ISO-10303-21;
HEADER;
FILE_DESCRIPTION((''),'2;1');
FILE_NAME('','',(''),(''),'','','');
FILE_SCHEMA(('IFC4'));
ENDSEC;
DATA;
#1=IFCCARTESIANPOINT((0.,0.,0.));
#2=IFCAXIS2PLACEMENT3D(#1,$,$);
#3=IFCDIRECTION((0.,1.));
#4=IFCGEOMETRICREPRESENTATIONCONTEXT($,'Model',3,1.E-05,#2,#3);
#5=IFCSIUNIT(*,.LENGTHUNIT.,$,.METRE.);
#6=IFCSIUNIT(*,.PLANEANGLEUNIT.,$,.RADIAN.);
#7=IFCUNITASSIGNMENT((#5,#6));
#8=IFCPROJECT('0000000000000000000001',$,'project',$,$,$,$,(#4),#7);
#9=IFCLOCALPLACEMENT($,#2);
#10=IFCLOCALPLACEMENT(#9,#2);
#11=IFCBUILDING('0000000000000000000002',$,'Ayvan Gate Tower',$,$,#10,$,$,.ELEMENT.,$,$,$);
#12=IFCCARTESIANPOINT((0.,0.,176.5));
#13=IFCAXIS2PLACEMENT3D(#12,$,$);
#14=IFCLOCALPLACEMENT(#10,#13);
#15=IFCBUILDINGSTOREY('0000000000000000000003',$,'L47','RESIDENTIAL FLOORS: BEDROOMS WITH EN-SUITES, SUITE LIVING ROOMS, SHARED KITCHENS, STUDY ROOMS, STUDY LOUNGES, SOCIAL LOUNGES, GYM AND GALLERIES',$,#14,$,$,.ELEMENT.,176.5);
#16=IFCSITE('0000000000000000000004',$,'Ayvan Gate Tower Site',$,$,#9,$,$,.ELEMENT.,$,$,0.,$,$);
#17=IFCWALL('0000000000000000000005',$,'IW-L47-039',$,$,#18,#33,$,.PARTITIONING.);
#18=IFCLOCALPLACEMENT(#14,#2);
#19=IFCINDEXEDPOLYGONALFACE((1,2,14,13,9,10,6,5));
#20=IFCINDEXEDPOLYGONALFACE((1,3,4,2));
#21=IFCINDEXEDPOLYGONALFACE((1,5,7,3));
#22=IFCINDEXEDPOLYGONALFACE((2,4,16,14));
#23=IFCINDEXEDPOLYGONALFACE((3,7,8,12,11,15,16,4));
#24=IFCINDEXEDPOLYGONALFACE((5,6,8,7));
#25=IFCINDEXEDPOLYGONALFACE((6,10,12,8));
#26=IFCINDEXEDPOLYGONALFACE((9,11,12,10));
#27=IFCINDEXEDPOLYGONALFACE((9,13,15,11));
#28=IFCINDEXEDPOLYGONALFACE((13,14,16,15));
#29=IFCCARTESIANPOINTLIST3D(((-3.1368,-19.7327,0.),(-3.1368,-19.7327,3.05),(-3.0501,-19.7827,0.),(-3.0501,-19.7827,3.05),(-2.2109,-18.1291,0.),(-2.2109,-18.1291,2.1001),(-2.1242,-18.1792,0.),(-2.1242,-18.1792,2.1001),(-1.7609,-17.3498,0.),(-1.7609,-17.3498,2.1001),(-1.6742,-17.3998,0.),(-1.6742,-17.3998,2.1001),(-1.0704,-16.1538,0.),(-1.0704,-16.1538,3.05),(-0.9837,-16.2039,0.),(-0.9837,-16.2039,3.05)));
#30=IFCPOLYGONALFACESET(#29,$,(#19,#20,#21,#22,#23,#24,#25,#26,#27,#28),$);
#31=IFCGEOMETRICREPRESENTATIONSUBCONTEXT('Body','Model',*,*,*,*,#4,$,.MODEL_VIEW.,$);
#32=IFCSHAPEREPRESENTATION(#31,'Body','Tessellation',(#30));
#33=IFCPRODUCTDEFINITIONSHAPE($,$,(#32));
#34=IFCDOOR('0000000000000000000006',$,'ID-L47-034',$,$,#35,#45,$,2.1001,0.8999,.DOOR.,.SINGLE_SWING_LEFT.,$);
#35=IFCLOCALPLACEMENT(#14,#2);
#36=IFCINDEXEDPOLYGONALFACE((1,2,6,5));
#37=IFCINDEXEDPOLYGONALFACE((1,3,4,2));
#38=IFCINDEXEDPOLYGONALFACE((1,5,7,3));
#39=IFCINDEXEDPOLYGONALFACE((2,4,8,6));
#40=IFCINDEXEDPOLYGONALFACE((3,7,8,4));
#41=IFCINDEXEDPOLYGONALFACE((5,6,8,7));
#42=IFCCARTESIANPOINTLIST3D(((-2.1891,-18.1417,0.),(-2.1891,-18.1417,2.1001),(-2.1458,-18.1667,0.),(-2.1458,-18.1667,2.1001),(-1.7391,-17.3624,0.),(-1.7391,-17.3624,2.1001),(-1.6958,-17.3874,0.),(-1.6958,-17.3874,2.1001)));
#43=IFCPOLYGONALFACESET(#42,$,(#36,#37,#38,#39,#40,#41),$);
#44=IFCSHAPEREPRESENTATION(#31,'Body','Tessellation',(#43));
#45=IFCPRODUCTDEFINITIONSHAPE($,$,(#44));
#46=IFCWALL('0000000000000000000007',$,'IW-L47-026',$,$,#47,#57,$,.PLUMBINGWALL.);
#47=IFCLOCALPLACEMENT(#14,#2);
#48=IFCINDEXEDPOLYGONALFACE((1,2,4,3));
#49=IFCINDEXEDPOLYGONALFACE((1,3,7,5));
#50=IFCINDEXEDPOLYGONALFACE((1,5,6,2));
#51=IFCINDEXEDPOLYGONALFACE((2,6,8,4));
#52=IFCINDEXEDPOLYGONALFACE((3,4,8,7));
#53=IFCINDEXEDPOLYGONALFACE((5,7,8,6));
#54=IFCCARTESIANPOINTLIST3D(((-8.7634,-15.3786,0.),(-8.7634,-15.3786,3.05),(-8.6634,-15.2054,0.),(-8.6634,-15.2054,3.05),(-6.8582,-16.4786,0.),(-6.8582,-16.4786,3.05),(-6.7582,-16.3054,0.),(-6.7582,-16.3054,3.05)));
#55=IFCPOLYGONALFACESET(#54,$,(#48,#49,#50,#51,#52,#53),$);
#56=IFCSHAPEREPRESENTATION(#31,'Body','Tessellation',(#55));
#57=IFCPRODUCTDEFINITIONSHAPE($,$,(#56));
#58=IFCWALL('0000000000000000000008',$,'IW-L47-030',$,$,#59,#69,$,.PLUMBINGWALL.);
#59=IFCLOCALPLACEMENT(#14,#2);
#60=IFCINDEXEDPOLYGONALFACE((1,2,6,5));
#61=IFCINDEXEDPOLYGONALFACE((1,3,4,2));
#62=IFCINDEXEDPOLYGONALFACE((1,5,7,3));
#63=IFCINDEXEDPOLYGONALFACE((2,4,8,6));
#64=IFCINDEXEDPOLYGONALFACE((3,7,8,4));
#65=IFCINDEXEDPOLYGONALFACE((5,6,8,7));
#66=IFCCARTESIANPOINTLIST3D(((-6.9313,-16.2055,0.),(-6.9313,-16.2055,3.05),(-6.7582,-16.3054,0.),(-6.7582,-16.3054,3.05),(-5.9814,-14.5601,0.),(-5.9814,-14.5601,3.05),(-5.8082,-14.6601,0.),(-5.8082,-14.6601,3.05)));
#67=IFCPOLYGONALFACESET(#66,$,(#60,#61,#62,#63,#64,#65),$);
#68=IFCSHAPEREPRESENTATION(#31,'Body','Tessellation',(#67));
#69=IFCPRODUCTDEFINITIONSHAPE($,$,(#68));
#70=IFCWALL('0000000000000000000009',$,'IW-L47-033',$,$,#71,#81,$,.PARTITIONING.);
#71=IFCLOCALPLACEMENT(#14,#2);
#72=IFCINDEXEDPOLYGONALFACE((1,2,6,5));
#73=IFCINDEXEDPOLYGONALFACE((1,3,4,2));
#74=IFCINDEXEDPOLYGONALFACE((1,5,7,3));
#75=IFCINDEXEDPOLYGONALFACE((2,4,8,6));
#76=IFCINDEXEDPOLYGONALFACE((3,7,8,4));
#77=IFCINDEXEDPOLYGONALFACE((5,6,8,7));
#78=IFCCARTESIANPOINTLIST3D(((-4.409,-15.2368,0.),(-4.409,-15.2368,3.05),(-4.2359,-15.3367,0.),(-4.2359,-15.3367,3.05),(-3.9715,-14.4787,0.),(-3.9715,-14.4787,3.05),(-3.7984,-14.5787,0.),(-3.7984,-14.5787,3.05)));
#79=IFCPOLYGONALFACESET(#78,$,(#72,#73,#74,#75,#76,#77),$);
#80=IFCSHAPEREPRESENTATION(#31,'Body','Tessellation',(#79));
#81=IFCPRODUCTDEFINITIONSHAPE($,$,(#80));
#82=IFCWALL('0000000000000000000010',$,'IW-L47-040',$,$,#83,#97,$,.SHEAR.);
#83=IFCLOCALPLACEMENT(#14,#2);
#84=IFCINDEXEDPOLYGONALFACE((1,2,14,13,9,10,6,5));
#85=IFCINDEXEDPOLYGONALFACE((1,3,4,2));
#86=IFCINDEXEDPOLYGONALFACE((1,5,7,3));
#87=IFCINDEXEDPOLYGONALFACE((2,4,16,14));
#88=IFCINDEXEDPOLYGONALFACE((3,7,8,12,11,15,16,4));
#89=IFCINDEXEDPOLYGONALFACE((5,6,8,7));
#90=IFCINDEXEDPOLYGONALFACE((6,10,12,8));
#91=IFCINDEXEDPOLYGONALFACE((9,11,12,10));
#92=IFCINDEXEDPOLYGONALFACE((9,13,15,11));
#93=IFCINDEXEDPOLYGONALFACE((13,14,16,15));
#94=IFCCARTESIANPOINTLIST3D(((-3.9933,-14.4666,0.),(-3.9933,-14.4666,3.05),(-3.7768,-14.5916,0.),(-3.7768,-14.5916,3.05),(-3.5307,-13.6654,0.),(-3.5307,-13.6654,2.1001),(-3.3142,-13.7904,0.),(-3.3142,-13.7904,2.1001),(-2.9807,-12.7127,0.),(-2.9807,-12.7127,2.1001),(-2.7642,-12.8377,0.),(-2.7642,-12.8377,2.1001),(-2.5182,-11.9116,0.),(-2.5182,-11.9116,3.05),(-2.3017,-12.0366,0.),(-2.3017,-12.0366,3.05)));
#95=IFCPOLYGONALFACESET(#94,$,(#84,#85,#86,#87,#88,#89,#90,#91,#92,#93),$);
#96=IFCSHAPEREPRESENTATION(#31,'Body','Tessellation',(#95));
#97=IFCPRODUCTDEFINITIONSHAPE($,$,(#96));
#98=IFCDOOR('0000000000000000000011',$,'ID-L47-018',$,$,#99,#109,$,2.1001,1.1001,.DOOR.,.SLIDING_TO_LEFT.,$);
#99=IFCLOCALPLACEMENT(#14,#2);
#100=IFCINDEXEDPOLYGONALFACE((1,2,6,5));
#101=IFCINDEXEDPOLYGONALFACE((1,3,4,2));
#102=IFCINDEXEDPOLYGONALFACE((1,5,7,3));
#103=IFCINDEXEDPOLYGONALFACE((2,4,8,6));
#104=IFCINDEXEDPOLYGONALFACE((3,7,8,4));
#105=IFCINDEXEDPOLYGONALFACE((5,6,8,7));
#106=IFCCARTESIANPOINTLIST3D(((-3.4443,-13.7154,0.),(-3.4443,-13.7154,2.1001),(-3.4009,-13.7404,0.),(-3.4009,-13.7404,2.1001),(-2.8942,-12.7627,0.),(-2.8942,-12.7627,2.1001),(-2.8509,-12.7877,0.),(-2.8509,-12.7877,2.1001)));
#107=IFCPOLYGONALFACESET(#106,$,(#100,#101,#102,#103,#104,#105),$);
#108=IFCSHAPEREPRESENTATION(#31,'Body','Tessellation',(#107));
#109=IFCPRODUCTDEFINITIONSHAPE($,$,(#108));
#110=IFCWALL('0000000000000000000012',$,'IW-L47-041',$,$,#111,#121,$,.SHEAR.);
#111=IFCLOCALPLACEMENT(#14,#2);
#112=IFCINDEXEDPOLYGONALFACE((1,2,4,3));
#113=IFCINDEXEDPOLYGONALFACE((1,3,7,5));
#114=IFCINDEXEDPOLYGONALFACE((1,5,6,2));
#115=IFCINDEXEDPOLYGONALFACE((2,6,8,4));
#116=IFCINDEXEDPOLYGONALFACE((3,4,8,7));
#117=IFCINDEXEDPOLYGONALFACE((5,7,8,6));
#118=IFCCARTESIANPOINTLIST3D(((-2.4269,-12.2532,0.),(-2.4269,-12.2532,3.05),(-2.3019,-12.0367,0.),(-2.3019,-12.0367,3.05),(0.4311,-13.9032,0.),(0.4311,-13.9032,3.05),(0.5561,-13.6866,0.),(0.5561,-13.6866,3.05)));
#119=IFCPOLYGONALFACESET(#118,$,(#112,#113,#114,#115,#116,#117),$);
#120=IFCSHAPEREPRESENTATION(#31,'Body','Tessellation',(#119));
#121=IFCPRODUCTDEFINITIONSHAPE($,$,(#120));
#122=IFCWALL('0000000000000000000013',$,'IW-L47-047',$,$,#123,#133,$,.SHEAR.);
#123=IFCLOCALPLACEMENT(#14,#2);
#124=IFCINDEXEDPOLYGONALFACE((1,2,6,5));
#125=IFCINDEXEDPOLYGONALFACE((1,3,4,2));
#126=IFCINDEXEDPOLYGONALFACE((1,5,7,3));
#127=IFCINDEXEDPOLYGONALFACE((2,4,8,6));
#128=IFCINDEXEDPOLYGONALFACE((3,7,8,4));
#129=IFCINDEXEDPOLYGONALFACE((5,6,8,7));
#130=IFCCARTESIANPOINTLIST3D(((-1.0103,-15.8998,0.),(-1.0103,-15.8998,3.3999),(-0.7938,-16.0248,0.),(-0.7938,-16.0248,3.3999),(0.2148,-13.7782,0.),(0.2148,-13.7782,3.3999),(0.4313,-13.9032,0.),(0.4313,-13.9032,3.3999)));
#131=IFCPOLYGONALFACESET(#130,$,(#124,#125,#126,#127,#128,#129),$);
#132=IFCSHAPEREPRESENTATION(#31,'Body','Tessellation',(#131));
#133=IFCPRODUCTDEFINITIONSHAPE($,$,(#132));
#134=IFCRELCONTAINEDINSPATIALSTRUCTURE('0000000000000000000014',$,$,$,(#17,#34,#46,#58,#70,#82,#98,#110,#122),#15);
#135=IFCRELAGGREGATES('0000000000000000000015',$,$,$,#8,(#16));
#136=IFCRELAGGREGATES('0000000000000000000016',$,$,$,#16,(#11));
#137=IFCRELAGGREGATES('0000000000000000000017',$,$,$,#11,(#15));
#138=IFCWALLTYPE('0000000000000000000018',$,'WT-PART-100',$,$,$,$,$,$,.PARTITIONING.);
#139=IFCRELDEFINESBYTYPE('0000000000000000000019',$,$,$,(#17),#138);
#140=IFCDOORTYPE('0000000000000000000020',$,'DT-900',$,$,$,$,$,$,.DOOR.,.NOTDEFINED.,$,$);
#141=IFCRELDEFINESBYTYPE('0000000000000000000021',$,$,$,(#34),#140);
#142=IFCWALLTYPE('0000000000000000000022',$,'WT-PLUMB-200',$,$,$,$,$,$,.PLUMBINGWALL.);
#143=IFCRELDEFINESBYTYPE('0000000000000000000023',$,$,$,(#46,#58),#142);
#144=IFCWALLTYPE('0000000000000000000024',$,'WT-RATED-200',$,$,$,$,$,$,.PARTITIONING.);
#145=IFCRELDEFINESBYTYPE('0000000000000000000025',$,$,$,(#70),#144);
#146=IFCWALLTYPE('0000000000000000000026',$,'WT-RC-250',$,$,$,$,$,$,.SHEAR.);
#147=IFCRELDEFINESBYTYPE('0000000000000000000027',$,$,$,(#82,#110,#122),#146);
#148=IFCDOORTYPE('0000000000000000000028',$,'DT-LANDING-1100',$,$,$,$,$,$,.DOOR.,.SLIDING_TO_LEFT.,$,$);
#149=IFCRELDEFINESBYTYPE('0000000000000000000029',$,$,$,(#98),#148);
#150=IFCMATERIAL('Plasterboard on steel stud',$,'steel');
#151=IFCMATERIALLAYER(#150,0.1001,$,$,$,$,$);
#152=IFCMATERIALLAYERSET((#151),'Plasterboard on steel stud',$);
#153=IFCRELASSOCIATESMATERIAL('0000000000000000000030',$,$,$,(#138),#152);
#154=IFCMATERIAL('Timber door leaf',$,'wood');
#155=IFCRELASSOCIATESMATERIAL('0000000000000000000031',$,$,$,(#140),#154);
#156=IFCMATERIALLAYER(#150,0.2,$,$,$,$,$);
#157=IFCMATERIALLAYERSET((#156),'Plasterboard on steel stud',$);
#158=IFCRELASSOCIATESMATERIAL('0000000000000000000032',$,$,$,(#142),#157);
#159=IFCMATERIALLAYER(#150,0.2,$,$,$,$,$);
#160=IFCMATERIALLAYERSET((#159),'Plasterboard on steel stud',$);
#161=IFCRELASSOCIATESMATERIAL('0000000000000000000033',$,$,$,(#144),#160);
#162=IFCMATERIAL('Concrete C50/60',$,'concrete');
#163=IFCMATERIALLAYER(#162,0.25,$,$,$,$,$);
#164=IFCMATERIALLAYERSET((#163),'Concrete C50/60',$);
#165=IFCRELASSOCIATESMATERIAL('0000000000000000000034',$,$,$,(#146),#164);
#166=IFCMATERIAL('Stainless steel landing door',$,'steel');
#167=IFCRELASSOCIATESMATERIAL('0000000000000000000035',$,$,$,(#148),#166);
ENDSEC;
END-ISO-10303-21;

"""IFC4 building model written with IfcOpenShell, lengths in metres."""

from ifc_helpers import new_model, si_unit, direction, frame, frame_2d, origin, place, context, subcontext, project, spatial, rectangle, extrude, material, layer, layer_set, type_object, element, fill, save


model = new_model("IFC4")

# Units and contexts
model_context = context("Model", 3, precision=1e-05, world=origin(), true_north=direction((0.0, 1.0)))
body_context = subcontext(model_context, "Body", "Model", "MODEL_VIEW")
ifc_project = project(units=[si_unit("LENGTHUNIT", "METRE"), si_unit("PLANEANGLEUNIT", "RADIAN")], contexts=[model_context])

# Site, building, storey
site_placement = place(None, origin())
site = spatial("IfcSite", under=ifc_project, at=site_placement, Name="Ayvan Gate Tower Site", CompositionType="ELEMENT", RefElevation=0.0)
building_placement = place(site_placement, origin())
building = spatial("IfcBuilding", under=site, at=building_placement, Name="Ayvan Gate Tower", CompositionType="ELEMENT")
storey_placement = place(building_placement, frame((0.0, 0.0, 176.5)))
storey = spatial("IfcBuildingStorey", under=building, at=storey_placement, Name="L47", Description="RESIDENTIAL FLOORS: BEDROOMS WITH EN-SUITES, SUITE LIVING ROOMS, SHARED KITCHENS, STUDY ROOMS, STUDY LOUNGES, SOCIAL LOUNGES, GYM AND GALLERIES", CompositionType="ELEMENT", Elevation=176.5)

# Wall, opening, door
ifc_material_1 = material(Name="Plasterboard on steel stud", Category="steel")
ifc_layer_1 = layer(ifc_material_1, 0.1001)
ifc_layer_set_1 = layer_set([ifc_layer_1], Name="Plasterboard on steel stud")
wall_type_1 = type_object("IfcWallType", Name="WT-PART-100", PredefinedType="PARTITIONING", material=ifc_layer_set_1)
wall_1_placement = place(storey_placement, frame((-3.0935, -19.7578, 0.0), z_axis=(0.0, 0.0, 1.0), x_axis=(0.500028, 0.866009, 0.0)))
wall_1 = element("IfcWall", 1, at=wall_1_placement, inside=storey, type_object=wall_type_1, Name="IW-L47-039", PredefinedType="PARTITIONING", context=body_context, shape_type="SweptSolid", body=[
    extrude(rectangle(XDim=4.1326, YDim=0.1001, at=frame_2d((2.0664, 0.0))), origin(), (0.0, 0.0, 1.0), 3.05),
])
opening_1_placement = place(wall_1_placement, frame((1.8518, 0.0, 0.0)))
opening_1 = element("IfcOpeningElement", 2, at=opening_1_placement, cuts=wall_1, PredefinedType="OPENING", context=body_context, shape_type="SweptSolid", body=[
    extrude(rectangle(XDim=0.8999, YDim=2.1001, at=frame_2d((0.45, 1.05))), frame((0.0, 0.0601, 0.0), z_axis=(0.0, -1.0, 0.0), x_axis=(1.0, 0.0, 0.0)), (0.0, 0.0, 1.0), 0.1201),
])
ifc_material_2 = material(Name="Timber door leaf", Category="wood")
door_type_1 = type_object("IfcDoorType", Name="DT-900", OperationType="NOTDEFINED", PredefinedType="DOOR", material=ifc_material_2)
door_1_placement = place(opening_1_placement, origin())
door_1 = element("IfcDoor", 3, at=door_1_placement, inside=storey, type_object=door_type_1, Name="ID-L47-034", OperationType="SINGLE_SWING_LEFT", OverallHeight=2.1001, OverallWidth=0.8999, PredefinedType="DOOR", context=body_context, shape_type="SweptSolid", body=[
    extrude(rectangle(XDim=0.8999, YDim=2.1001, at=frame_2d((0.45, 1.05))), frame((0.0, 0.0249, 0.0), z_axis=(0.0, -1.0, 0.0), x_axis=(1.0, 0.0, 0.0)), (0.0, 0.0, 1.0), 0.05),
])
fill(opening_1, door_1)

# Walls
ifc_layer_2 = layer(ifc_material_1, 0.2)
ifc_layer_set_2 = layer_set([ifc_layer_2], Name="Plasterboard on steel stud")
wall_type_2 = type_object("IfcWallType", Name="WT-PLUMB-200", PredefinedType="PLUMBINGWALL", material=ifc_layer_set_2)
wall_2_placement = place(storey_placement, frame((-6.8081, -16.3921, 0.0), z_axis=(0.0, 0.0, 1.0), x_axis=(-0.866008, 0.50003, 0.0)))
element("IfcWall", 4, at=wall_2_placement, inside=storey, type_object=wall_type_2, Name="IW-L47-026", PredefinedType="PLUMBINGWALL", context=body_context, shape_type="SweptSolid", body=[
    extrude(rectangle(XDim=2.2, YDim=0.2, at=frame_2d((1.1001, 0.0))), origin(), (0.0, 0.0, 1.0), 3.05),
])
wall_3_placement = place(storey_placement, frame((-5.8948, -14.6101, 0.0), z_axis=(0.0, 0.0, 1.0), x_axis=(-0.500023, -0.866012, 0.0)))
element("IfcWall", 5, at=wall_3_placement, inside=storey, type_object=wall_type_2, Name="IW-L47-030", PredefinedType="PLUMBINGWALL", context=body_context, shape_type="SweptSolid", body=[
    extrude(rectangle(XDim=1.8999, YDim=0.2, at=frame_2d((0.95, 0.0))), origin(), (0.0, 0.0, 1.0), 3.05),
])
ifc_layer_3 = layer(ifc_material_1, 0.2)
ifc_layer_set_3 = layer_set([ifc_layer_3], Name="Plasterboard on steel stud")
wall_type_3 = type_object("IfcWallType", Name="WT-RATED-200", PredefinedType="PARTITIONING", material=ifc_layer_set_3)
wall_4_placement = place(storey_placement, frame((-3.885, -14.5288, 0.0), z_axis=(0.0, 0.0, 1.0), x_axis=(-0.499859, -0.866107, 0.0)))
element("IfcWall", 6, at=wall_4_placement, inside=storey, type_object=wall_type_3, Name="IW-L47-033", PredefinedType="PARTITIONING", context=body_context, shape_type="SweptSolid", body=[
    extrude(rectangle(XDim=0.8752, YDim=0.2, at=frame_2d((0.4375, 0.0))), origin(), (0.0, 0.0, 1.0), 3.05),
])

# Wall, opening, door
ifc_material_3 = material(Name="Concrete C50/60", Category="concrete")
ifc_layer_4 = layer(ifc_material_3, 0.25)
ifc_layer_set_4 = layer_set([ifc_layer_4], Name="Concrete C50/60")
wall_type_4 = type_object("IfcWallType", Name="WT-RC-250", PredefinedType="SHEAR", material=ifc_layer_set_4)
wall_5_placement = place(storey_placement, frame((-2.4099, -11.9741, 0.0), z_axis=(0.0, 0.0, 1.0), x_axis=(-0.500002, -0.866024, 0.0)))
wall_5 = element("IfcWall", 7, at=wall_5_placement, inside=storey, type_object=wall_type_4, Name="IW-L47-040", PredefinedType="SHEAR", context=body_context, shape_type="SweptSolid", body=[
    extrude(rectangle(XDim=2.9502, YDim=0.25, at=frame_2d((1.4751, 0.0))), origin(), (0.0, 0.0, 1.0), 3.05),
])
opening_2_placement = place(wall_5_placement, frame((0.925, 0.0, 0.0)))
opening_2 = element("IfcOpeningElement", 8, at=opening_2_placement, cuts=wall_5, PredefinedType="OPENING", context=body_context, shape_type="SweptSolid", body=[
    extrude(rectangle(XDim=1.1001, YDim=2.1001, at=frame_2d((0.55, 1.05))), frame((0.0, 0.135, 0.0), z_axis=(0.0, -1.0, 0.0), x_axis=(1.0, 0.0, 0.0)), (0.0, 0.0, 1.0), 0.27),
])
ifc_material_4 = material(Name="Stainless steel landing door", Category="steel")
door_type_2 = type_object("IfcDoorType", Name="DT-LANDING-1100", OperationType="SLIDING_TO_LEFT", PredefinedType="DOOR", material=ifc_material_4)
door_2_placement = place(opening_2_placement, origin())
door_2 = element("IfcDoor", 9, at=door_2_placement, inside=storey, type_object=door_type_2, Name="ID-L47-018", OperationType="SLIDING_TO_LEFT", OverallHeight=2.1001, OverallWidth=1.1001, PredefinedType="DOOR", context=body_context, shape_type="SweptSolid", body=[
    extrude(rectangle(XDim=1.1001, YDim=2.1001, at=frame_2d((0.55, 1.05))), frame((0.0, 0.0249, 0.0), z_axis=(0.0, -1.0, 0.0), x_axis=(1.0, 0.0, 0.0)), (0.0, 0.0, 1.0), 0.05),
])
fill(opening_2, door_2)

# Walls
wall_6_placement = place(storey_placement, frame((-2.3643, -12.145, 0.0), z_axis=(0.0, 0.0, 1.0), x_axis=(0.86604, -0.499974, 0.0)))
element("IfcWall", 10, at=wall_6_placement, inside=storey, type_object=wall_type_4, Name="IW-L47-041", PredefinedType="SHEAR", context=body_context, shape_type="SweptSolid", body=[
    extrude(rectangle(XDim=3.3, YDim=0.25, at=frame_2d((1.6499, 0.0))), origin(), (0.0, 0.0, 1.0), 3.05),
])
wall_7_placement = place(storey_placement, frame((-0.9021, -15.9624, 0.0), z_axis=(0.0, 0.0, 1.0), x_axis=(0.500062, 0.86599, 0.0)))
element("IfcWall", 11, at=wall_7_placement, inside=storey, type_object=wall_type_4, Name="IW-L47-047", PredefinedType="SHEAR", context=body_context, shape_type="SweptSolid", body=[
    extrude(rectangle(XDim=2.45, YDim=0.25, at=frame_2d((1.2251, 0.0))), origin(), (0.0, 0.0, 1.0), 3.3999),
])

save(model, "model.ifc")
